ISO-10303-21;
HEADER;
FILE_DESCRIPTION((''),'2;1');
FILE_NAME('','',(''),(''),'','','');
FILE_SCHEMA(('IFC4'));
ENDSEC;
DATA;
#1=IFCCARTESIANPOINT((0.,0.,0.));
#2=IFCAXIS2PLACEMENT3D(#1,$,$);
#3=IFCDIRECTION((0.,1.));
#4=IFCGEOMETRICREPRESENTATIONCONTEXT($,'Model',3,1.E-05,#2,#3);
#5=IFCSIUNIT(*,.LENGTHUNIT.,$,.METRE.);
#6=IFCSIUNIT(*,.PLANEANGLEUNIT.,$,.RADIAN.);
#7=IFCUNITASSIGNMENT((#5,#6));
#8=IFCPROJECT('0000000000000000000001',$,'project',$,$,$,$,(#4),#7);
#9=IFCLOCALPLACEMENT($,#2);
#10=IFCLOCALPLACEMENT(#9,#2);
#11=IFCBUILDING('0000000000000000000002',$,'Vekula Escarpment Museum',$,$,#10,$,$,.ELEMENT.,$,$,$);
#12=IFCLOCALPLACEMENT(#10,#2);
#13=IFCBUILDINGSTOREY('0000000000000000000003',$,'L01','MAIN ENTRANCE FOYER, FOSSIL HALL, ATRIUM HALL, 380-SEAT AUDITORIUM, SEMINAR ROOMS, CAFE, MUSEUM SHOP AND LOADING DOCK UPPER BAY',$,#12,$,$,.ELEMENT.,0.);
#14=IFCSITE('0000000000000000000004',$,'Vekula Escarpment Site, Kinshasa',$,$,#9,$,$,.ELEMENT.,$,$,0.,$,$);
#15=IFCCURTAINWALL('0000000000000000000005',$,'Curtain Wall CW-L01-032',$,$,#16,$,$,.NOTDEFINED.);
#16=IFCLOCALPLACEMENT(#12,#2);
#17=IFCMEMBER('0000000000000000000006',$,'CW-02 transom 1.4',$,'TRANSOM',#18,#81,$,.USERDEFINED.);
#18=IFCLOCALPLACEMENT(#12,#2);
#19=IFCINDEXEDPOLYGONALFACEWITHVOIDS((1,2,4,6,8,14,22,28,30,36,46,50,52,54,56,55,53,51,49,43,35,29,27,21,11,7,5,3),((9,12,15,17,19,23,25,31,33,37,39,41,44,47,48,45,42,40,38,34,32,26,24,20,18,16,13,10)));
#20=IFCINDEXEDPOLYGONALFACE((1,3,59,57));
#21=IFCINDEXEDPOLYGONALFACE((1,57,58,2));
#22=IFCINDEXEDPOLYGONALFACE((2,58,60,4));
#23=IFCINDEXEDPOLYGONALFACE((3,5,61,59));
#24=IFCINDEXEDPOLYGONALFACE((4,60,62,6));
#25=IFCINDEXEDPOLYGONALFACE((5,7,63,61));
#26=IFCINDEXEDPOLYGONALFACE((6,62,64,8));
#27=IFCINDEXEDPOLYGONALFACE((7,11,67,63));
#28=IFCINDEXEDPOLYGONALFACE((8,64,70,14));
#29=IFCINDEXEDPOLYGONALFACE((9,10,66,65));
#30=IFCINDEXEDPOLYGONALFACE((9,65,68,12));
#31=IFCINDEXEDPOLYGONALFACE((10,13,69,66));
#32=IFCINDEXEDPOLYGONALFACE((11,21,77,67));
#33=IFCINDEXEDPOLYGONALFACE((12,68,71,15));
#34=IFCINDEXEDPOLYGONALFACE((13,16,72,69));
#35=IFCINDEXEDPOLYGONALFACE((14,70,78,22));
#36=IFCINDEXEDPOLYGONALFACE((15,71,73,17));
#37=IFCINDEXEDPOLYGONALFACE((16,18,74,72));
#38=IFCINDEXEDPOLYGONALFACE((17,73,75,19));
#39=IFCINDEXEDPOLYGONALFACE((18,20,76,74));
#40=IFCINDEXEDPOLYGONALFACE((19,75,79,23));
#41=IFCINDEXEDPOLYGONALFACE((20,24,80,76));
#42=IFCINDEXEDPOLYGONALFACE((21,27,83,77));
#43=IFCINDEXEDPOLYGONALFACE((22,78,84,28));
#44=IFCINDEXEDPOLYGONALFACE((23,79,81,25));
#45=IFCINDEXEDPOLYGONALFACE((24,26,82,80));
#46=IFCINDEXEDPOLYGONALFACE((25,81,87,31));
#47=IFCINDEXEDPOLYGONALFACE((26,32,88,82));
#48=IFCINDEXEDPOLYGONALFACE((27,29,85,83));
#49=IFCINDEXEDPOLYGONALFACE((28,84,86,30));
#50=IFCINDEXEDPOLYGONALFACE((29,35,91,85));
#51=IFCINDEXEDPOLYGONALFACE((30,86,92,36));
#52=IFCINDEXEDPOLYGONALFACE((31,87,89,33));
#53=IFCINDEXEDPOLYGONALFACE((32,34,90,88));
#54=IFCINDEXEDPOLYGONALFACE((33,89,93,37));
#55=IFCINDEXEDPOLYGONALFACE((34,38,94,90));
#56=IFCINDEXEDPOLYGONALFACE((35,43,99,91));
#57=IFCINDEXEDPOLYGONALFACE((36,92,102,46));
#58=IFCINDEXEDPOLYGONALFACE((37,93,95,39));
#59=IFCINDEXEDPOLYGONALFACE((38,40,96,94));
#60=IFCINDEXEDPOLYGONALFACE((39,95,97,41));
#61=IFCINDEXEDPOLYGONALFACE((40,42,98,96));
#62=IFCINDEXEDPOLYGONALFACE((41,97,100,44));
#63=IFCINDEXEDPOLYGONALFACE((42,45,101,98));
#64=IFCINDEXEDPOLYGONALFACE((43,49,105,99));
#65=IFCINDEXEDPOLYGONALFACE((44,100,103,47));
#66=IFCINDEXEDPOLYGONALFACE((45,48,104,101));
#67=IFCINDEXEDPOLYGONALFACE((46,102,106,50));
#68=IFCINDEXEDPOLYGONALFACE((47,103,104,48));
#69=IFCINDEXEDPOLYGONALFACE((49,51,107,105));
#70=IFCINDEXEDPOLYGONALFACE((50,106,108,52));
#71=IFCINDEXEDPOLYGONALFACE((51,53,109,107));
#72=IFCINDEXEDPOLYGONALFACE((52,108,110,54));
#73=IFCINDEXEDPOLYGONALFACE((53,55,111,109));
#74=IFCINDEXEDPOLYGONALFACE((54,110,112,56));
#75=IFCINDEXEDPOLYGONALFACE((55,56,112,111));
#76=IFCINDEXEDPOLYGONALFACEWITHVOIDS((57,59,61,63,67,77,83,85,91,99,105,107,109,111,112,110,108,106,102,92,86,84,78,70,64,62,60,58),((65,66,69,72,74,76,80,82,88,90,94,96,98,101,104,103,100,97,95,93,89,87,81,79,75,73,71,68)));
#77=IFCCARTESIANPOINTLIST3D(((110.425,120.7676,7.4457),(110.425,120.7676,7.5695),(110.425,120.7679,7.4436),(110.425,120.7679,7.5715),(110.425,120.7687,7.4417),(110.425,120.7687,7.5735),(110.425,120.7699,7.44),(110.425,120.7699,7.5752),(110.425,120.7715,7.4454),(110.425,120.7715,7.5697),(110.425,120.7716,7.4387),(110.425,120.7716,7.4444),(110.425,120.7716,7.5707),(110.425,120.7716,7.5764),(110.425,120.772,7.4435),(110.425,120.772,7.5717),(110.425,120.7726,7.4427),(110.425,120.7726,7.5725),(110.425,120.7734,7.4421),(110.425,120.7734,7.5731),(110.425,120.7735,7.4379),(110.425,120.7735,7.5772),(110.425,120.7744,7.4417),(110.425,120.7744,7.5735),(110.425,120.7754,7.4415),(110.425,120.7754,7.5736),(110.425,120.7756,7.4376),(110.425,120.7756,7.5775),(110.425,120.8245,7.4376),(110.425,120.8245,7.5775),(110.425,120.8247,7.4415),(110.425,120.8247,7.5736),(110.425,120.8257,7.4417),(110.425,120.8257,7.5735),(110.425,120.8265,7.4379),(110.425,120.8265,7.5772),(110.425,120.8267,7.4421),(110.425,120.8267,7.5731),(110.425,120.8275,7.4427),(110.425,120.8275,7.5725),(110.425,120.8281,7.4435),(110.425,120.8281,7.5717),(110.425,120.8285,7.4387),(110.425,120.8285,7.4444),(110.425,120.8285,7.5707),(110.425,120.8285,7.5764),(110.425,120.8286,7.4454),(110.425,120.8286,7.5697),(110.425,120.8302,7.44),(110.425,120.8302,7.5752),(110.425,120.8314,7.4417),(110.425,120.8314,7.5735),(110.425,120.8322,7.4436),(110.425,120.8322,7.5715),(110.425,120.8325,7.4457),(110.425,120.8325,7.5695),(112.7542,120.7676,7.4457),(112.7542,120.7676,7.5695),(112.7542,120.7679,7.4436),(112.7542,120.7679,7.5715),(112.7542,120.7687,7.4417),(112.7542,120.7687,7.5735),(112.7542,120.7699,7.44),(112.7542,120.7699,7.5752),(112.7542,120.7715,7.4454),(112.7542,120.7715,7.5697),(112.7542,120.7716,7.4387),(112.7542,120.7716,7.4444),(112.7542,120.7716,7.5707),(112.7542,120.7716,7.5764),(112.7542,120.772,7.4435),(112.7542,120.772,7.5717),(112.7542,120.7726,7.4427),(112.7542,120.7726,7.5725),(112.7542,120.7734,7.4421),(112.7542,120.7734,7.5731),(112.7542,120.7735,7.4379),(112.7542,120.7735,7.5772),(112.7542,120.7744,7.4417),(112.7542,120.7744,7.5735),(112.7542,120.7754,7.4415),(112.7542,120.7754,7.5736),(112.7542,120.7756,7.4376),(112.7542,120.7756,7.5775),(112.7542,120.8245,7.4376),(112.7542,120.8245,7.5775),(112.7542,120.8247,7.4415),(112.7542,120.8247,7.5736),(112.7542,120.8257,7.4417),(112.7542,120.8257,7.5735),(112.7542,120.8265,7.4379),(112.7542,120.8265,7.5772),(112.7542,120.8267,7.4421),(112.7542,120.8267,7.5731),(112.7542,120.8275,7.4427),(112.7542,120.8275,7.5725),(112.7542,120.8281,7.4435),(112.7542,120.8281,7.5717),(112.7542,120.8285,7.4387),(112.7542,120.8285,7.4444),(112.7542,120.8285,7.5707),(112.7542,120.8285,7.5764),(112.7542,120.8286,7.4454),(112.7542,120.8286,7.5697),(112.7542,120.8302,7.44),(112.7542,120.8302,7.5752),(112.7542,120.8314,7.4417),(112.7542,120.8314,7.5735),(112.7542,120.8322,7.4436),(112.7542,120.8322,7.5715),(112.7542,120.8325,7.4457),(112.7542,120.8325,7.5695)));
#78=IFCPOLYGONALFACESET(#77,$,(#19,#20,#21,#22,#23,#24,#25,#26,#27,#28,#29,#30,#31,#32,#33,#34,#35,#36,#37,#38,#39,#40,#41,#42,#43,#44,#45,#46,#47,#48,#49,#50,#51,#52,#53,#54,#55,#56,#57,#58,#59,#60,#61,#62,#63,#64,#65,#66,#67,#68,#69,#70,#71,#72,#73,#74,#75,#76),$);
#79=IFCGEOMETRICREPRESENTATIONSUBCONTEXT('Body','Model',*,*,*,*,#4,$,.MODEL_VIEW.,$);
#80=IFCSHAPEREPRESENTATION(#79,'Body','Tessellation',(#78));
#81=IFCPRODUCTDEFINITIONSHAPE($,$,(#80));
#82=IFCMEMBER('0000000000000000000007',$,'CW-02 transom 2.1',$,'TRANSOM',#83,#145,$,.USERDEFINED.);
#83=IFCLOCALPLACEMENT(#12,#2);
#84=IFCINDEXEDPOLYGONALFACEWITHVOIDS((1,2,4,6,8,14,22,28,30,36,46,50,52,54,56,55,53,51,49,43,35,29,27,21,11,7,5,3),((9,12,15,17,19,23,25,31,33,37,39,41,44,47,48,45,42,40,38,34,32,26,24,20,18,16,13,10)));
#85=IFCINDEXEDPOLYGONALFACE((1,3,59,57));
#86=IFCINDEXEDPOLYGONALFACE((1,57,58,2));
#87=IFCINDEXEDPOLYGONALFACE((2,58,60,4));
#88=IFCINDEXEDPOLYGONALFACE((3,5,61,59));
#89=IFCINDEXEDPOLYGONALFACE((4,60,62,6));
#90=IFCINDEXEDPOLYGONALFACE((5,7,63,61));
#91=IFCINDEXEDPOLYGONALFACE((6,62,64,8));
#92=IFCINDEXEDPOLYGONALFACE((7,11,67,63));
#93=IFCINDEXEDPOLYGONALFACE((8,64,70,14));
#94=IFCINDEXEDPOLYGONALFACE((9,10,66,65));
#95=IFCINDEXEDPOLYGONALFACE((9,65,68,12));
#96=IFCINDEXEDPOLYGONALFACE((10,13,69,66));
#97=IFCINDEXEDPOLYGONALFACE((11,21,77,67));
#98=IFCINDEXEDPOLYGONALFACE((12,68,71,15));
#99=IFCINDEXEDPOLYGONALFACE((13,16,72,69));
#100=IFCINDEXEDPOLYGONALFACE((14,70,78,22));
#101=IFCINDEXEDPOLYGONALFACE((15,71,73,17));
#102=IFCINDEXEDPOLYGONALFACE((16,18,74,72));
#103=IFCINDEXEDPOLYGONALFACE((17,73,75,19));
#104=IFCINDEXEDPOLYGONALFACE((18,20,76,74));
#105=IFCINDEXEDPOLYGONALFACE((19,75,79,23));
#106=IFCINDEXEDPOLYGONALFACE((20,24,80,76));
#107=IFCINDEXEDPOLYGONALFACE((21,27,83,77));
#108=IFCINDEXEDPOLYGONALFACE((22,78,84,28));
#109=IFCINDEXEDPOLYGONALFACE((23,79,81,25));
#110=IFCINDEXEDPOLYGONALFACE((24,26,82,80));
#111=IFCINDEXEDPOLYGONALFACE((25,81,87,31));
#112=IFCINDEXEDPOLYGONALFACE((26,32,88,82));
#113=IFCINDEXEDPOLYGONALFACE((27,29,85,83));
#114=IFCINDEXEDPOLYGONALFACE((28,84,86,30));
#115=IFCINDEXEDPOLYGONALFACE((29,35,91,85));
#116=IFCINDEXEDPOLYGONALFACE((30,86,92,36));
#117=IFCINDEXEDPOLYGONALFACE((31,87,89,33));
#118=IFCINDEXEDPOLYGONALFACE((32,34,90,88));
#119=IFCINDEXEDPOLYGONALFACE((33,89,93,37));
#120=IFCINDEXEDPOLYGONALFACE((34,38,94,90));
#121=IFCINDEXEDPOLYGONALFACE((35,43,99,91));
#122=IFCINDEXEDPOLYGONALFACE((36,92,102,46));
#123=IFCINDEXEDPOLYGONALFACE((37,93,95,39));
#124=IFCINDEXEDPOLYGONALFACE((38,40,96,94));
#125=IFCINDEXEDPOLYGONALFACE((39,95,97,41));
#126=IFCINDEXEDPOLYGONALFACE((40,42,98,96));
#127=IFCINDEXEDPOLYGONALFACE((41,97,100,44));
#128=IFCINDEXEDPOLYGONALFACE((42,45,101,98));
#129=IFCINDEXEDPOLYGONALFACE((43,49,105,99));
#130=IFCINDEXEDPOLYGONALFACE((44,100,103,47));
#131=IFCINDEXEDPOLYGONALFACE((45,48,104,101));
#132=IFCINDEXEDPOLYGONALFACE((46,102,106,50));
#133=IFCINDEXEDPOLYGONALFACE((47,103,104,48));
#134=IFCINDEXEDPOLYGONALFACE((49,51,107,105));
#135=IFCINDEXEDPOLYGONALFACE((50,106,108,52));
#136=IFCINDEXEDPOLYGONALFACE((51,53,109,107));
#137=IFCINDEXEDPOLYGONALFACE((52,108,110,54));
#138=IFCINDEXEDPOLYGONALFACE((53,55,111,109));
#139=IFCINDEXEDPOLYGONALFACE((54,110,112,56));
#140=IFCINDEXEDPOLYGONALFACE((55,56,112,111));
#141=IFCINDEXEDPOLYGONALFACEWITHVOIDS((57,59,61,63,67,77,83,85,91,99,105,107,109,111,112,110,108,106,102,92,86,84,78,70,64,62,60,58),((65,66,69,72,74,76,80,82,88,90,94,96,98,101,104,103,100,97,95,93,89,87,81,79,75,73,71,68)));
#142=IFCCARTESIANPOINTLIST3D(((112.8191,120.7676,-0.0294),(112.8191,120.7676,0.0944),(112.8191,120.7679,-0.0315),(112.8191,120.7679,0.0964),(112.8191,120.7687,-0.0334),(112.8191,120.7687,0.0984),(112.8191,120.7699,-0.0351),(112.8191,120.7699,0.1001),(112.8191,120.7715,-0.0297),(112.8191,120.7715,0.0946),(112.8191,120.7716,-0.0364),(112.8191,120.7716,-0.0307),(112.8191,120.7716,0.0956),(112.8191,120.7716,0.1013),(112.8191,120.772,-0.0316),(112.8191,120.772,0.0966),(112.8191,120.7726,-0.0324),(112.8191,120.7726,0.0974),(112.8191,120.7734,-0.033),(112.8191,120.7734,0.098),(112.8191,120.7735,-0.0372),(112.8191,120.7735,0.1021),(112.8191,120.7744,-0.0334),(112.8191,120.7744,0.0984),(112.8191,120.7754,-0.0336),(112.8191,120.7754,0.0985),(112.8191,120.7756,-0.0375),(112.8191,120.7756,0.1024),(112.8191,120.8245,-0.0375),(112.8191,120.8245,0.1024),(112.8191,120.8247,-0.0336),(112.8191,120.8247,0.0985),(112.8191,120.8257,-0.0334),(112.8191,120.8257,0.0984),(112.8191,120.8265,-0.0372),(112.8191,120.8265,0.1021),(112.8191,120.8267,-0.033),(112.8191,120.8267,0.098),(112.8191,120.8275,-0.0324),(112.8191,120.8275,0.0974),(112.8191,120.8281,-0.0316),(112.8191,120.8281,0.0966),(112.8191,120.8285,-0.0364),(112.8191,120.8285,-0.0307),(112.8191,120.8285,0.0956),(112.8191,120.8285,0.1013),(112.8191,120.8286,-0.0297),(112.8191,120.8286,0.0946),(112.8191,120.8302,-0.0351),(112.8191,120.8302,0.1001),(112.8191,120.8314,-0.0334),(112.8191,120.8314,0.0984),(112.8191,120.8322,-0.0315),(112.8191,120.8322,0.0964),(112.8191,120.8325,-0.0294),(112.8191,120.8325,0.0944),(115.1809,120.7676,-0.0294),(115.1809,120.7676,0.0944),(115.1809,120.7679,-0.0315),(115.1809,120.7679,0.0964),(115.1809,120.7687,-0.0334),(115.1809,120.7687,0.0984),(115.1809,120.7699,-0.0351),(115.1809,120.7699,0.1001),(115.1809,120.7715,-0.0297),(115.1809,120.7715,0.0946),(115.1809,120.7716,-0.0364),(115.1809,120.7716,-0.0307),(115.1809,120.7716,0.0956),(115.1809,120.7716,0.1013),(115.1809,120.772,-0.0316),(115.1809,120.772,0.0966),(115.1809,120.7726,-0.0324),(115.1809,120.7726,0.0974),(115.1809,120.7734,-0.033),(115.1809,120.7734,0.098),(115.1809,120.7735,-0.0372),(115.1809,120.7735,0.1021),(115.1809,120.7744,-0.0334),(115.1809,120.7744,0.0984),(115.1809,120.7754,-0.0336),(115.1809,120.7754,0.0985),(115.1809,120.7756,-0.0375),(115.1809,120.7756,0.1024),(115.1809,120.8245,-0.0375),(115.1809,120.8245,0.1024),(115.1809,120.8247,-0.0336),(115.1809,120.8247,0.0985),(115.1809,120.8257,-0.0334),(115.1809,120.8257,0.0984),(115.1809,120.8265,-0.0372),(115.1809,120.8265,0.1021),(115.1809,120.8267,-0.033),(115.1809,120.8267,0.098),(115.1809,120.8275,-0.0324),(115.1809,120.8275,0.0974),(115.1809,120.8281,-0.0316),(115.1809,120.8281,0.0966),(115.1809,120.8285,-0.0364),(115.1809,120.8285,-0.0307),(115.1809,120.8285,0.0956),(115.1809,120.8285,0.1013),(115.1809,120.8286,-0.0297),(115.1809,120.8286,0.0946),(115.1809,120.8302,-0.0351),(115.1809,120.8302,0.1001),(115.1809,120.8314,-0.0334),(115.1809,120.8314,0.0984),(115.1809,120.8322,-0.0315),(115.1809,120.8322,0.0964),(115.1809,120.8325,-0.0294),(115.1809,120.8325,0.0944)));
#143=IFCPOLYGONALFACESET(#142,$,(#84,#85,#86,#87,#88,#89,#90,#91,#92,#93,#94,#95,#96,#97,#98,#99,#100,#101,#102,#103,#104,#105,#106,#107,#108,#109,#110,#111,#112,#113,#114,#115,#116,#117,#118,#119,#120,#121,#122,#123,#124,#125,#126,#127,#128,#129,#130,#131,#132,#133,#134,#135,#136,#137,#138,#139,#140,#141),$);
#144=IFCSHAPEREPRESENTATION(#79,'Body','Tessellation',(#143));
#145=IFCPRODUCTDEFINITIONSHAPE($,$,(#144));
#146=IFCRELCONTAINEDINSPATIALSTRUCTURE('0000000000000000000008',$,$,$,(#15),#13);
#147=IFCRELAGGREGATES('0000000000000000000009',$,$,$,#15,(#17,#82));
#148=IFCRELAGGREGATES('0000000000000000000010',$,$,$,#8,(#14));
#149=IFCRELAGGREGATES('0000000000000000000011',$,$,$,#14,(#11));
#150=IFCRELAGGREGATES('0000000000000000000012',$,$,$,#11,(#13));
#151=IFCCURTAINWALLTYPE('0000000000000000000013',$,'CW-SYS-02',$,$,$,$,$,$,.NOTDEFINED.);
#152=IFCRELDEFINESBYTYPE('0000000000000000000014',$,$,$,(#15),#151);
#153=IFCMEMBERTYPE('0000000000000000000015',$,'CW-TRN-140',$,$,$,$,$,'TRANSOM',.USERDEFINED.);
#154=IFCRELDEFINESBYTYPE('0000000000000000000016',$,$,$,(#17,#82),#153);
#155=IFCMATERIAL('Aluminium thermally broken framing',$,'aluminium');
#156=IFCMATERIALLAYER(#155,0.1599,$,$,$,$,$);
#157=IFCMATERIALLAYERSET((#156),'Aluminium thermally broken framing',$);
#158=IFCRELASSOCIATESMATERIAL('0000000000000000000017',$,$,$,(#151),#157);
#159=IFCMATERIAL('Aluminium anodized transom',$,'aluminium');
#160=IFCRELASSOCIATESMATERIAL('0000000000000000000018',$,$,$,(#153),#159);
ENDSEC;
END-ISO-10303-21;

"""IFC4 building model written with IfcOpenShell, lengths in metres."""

from ifc_helpers import new_model, si_unit, direction, frame, origin, origin_2d, place, context, subcontext, project, spatial, hollow_rectangle, extrude, material, layer, layer_set, material_profile, profile_set, type_object, element, aggregate, save


model = new_model("IFC4")

# Units and contexts
model_context = context("Model", 3, precision=1e-05, world=origin(), true_north=direction((0.0, 1.0)))
body_context = subcontext(model_context, "Body", "Model", "MODEL_VIEW")
ifc_project = project(units=[si_unit("LENGTHUNIT", "METRE"), si_unit("PLANEANGLEUNIT", "RADIAN")], contexts=[model_context])

# Site, building, storey
site_placement = place(None, origin())
site = spatial("IfcSite", under=ifc_project, at=site_placement, Name="Vekula Escarpment Site, Kinshasa", CompositionType="ELEMENT", RefElevation=0.0)
building_placement = place(site_placement, origin())
building = spatial("IfcBuilding", under=site, at=building_placement, Name="Vekula Escarpment Museum", CompositionType="ELEMENT")
storey_placement = place(building_placement, origin())
storey = spatial("IfcBuildingStorey", under=building, at=storey_placement, Name="L01", Description="MAIN ENTRANCE FOYER, FOSSIL HALL, ATRIUM HALL, 380-SEAT AUDITORIUM, SEMINAR ROOMS, CAFE, MUSEUM SHOP AND LOADING DOCK UPPER BAY", CompositionType="ELEMENT", Elevation=0.0)

# Curtain wall, members
ifc_material_1 = material(Name="Aluminium thermally broken framing", Category="aluminium")
ifc_layer_1 = layer(ifc_material_1, 0.1599)
ifc_layer_set_1 = layer_set([ifc_layer_1], Name="Aluminium thermally broken framing")
curtain_wall_type = type_object("IfcCurtainWallType", Name="CW-SYS-02", PredefinedType="NOTDEFINED", material=ifc_layer_set_1)
curtain_wall_placement = place(storey_placement, origin())
curtain_wall = element("IfcCurtainWall", 1, at=curtain_wall_placement, inside=storey, type_object=curtain_wall_type, Name="Curtain Wall CW-L01-032", PredefinedType="NOTDEFINED")
ifc_material_2 = material(Name="Aluminium anodized transom", Category="aluminium")
ifc_material_profile_1 = material_profile(ifc_material_2, hollow_rectangle(XDim=0.0649, YDim=0.1399, WallThickness=0.0039, InnerFilletRadius=0.0039, OuterFilletRadius=0.0081, at=origin_2d()), Name="ALU 140x65x4")
ifc_profile_set_1 = profile_set([ifc_material_profile_1], Name="Aluminium anodized transom")
member_type_1 = type_object("IfcMemberType", Name="CW-TRN-140", ElementType="TRANSOM", PredefinedType="USERDEFINED", material=ifc_profile_set_1)
member_1_placement = place(storey_placement, frame((110.425, 120.8, 7.5076), z_axis=(1.0, 0.0, 0.0), x_axis=(0.0, 1.0, 0.0)))
member_1 = element("IfcMember", 2, at=member_1_placement, type_object=member_type_1, Name="CW-02 transom 1.4", ObjectType="TRANSOM", PredefinedType="USERDEFINED", context=body_context, shape_type="SweptSolid", body=[
    extrude(hollow_rectangle(XDim=0.0649, YDim=0.1399, WallThickness=0.0039, InnerFilletRadius=0.0039, OuterFilletRadius=0.0081, at=origin_2d()), origin(), (0.0, 0.0, 1.0), 2.3291),
])
member_2_placement = place(storey_placement, frame((112.8191, 120.8, 0.0325), z_axis=(1.0, 0.0, 0.0), x_axis=(0.0, 1.0, 0.0)))
member_2 = element("IfcMember", 3, at=member_2_placement, type_object=member_type_1, Name="CW-02 transom 2.1", ObjectType="TRANSOM", PredefinedType="USERDEFINED", context=body_context, shape_type="SweptSolid", body=[
    extrude(hollow_rectangle(XDim=0.0649, YDim=0.1399, WallThickness=0.0039, InnerFilletRadius=0.0039, OuterFilletRadius=0.0081, at=origin_2d()), origin(), (0.0, 0.0, 1.0), 2.3618),
])
aggregate(curtain_wall, [member_1, member_2])

save(model, "model.ifc")
